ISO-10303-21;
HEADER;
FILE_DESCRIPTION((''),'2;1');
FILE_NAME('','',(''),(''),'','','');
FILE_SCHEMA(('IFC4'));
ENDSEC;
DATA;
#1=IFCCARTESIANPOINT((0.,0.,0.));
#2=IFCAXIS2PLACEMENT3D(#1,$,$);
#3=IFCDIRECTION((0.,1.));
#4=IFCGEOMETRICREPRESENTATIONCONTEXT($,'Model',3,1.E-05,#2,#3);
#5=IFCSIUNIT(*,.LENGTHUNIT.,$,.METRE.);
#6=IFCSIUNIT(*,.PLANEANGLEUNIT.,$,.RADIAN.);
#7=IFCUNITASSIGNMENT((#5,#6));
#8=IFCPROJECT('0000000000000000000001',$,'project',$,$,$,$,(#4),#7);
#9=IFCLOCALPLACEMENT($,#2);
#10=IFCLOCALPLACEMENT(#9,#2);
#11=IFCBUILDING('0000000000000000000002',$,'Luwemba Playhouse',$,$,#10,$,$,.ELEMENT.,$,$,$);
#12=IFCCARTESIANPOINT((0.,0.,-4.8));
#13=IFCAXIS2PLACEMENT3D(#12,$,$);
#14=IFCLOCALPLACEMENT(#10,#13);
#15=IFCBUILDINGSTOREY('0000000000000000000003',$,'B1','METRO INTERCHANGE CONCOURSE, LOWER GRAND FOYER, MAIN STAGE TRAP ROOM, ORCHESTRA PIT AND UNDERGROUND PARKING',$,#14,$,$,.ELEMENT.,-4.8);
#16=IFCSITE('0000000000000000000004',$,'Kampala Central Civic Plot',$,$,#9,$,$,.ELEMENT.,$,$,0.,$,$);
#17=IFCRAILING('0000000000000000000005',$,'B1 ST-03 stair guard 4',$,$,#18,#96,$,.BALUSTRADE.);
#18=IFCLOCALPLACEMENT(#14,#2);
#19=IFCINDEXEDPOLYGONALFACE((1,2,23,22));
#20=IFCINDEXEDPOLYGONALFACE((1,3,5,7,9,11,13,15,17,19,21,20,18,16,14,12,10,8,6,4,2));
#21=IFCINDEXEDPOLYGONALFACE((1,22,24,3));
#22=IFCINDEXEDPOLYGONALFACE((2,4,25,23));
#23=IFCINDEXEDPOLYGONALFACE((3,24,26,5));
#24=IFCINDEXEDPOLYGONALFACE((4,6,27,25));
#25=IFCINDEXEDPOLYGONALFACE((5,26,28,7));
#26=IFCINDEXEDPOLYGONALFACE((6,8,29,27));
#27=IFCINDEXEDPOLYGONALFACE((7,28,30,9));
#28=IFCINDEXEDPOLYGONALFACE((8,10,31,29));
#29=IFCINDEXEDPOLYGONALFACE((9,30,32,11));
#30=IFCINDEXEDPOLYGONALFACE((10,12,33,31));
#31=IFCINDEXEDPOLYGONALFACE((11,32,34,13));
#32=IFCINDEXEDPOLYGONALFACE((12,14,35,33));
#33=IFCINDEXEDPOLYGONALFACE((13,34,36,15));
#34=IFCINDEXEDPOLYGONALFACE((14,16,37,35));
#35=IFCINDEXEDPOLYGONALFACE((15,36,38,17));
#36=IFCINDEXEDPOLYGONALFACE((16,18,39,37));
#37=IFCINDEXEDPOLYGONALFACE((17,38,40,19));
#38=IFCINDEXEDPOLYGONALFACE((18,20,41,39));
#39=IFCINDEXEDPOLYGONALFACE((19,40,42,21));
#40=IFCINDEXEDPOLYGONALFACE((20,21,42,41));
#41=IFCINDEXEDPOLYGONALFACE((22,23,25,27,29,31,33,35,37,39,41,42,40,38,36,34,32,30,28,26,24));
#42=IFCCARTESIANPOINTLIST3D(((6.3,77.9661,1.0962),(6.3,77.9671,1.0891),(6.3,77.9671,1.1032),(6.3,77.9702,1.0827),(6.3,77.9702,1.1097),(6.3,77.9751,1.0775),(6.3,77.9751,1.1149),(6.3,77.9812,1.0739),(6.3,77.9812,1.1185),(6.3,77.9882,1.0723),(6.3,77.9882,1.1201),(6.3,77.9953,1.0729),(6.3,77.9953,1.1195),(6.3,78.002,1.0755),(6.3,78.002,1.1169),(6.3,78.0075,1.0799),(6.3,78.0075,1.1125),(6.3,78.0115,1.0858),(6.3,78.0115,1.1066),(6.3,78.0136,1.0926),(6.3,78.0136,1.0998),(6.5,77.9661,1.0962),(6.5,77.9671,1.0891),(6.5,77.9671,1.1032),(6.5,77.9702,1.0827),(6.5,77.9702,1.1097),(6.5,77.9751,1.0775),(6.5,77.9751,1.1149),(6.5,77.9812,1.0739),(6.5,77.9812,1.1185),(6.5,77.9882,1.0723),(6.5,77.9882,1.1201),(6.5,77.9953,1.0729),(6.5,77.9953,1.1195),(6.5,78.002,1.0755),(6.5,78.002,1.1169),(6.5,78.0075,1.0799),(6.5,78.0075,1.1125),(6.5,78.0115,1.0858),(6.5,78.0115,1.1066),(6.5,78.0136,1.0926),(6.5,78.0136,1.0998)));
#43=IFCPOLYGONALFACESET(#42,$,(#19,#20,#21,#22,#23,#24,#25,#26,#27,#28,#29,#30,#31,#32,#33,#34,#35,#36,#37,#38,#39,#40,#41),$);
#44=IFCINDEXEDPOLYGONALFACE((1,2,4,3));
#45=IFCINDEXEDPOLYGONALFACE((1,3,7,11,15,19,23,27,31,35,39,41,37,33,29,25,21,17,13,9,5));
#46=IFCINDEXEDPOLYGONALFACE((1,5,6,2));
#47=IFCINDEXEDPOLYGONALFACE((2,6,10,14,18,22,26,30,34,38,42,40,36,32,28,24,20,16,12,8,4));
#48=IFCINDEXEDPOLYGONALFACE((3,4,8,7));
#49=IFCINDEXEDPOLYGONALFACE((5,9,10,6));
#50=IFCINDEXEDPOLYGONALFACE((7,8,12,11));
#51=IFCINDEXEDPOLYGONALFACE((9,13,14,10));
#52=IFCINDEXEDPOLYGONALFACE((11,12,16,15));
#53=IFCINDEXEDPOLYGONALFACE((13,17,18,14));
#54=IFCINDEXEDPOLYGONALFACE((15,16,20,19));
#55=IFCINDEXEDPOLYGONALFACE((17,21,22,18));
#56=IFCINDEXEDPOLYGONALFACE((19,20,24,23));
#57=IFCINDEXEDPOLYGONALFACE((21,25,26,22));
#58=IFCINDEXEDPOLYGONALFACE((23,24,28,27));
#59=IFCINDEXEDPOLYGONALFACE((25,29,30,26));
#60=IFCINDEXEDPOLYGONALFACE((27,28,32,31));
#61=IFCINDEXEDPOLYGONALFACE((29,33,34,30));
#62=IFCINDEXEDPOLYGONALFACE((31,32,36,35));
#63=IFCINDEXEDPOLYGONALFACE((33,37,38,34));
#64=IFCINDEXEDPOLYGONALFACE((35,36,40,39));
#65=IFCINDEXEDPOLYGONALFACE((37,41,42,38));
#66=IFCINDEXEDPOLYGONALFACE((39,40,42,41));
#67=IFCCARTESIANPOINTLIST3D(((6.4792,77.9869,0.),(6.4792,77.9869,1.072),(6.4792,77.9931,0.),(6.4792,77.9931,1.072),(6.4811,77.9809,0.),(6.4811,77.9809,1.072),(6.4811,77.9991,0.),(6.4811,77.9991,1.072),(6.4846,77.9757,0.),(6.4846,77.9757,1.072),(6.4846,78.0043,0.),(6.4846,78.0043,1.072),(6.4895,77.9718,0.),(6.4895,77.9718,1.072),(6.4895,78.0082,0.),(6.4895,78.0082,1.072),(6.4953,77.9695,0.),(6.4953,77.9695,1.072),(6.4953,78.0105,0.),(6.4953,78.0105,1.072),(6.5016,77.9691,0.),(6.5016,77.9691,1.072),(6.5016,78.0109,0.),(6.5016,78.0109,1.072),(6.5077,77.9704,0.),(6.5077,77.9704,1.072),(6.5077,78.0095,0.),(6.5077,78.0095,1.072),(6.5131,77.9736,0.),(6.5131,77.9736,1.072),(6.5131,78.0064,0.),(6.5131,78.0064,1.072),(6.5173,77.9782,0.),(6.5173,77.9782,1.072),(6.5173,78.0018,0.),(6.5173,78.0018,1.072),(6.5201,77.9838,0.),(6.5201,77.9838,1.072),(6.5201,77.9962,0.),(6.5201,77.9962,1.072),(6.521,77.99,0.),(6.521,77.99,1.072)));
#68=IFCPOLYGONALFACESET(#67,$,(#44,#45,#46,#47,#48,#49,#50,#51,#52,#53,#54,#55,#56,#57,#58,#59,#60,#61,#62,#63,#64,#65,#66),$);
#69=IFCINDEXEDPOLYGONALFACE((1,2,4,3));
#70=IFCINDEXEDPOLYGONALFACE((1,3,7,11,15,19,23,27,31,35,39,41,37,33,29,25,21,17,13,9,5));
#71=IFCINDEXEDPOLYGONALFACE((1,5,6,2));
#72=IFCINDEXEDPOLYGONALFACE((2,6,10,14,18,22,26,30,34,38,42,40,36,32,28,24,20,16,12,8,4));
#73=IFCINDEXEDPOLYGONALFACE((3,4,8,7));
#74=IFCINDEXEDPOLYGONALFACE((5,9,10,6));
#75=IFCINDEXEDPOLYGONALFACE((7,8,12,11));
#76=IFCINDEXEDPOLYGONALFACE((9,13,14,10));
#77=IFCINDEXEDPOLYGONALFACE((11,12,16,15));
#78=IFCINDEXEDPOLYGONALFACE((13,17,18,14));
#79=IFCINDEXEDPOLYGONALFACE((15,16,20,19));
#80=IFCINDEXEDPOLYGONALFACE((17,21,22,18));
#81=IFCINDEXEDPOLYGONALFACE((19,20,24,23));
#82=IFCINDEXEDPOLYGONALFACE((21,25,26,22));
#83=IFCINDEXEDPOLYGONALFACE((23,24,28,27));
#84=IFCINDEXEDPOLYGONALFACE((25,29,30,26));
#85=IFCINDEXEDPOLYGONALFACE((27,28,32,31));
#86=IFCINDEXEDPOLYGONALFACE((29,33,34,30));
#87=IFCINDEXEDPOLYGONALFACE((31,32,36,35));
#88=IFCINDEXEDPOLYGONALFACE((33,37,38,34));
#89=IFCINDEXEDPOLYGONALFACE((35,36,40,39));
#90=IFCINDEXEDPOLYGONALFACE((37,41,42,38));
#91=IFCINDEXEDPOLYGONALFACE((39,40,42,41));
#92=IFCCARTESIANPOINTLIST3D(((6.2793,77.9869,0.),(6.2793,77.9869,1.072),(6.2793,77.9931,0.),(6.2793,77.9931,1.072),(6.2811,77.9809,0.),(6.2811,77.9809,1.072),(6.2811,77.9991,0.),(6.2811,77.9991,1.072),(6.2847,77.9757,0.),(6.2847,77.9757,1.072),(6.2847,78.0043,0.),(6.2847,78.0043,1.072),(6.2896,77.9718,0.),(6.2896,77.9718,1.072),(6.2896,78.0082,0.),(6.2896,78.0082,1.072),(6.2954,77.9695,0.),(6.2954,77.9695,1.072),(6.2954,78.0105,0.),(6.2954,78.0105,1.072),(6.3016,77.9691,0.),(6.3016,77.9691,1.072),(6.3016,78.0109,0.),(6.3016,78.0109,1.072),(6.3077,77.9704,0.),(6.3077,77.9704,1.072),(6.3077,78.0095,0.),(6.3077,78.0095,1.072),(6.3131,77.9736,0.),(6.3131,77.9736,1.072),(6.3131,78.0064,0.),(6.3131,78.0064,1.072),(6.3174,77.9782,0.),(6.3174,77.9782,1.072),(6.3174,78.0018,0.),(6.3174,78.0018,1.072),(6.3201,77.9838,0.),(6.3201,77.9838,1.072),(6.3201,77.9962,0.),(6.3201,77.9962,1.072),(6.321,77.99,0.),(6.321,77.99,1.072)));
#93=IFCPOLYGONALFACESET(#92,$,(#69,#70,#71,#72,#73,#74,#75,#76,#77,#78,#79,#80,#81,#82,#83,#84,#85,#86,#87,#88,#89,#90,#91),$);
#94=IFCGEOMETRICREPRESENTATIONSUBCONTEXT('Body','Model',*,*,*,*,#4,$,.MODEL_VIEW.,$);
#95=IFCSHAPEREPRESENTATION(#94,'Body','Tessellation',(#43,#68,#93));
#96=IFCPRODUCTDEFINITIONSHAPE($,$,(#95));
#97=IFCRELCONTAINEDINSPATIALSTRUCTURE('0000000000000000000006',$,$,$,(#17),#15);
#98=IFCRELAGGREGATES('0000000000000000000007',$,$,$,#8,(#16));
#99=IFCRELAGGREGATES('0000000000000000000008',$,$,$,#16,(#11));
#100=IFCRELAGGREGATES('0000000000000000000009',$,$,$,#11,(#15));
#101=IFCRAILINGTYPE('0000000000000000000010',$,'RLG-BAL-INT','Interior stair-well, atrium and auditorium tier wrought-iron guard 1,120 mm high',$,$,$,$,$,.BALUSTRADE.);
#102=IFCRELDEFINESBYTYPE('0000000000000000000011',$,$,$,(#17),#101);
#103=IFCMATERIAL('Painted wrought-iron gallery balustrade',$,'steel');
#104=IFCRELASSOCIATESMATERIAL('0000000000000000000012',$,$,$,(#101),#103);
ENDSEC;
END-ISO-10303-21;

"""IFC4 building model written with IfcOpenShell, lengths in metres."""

from ifc_helpers import new_model, si_unit, direction, frame, origin, origin_2d, place, context, subcontext, project, spatial, circle, extrude, material, type_object, element, save


model = new_model("IFC4")

# Units and contexts
model_context = context("Model", 3, precision=1e-05, world=origin(), true_north=direction((0.0, 1.0)))
body_context = subcontext(model_context, "Body", "Model", "MODEL_VIEW")
ifc_project = project(units=[si_unit("LENGTHUNIT", "METRE"), si_unit("PLANEANGLEUNIT", "RADIAN")], contexts=[model_context])

# Site, building, storey
site_placement = place(None, origin())
site = spatial("IfcSite", under=ifc_project, at=site_placement, Name="Kampala Central Civic Plot", CompositionType="ELEMENT", RefElevation=0.0)
building_placement = place(site_placement, origin())
building = spatial("IfcBuilding", under=site, at=building_placement, Name="Luwemba Playhouse", CompositionType="ELEMENT")
storey_placement = place(building_placement, frame((0.0, 0.0, -4.8)))
storey = spatial("IfcBuildingStorey", under=building, at=storey_placement, Name="B1", Description="METRO INTERCHANGE CONCOURSE, LOWER GRAND FOYER, MAIN STAGE TRAP ROOM, ORCHESTRA PIT AND UNDERGROUND PARKING", CompositionType="ELEMENT", Elevation=-4.8)

# Railing
ifc_material_1 = material(Name="Painted wrought-iron gallery balustrade", Category="steel")
railing_type_1 = type_object("IfcRailingType", Name="RLG-BAL-INT", Description="Interior stair-well, atrium and auditorium tier wrought-iron guard 1,120 mm high", PredefinedType="BALUSTRADE", material=ifc_material_1)
railing_1_placement = place(storey_placement, frame((6.5, 77.99, 0.0)))
element("IfcRailing", 1, at=railing_1_placement, inside=storey, type_object=railing_type_1, Name="B1 ST-03 stair guard 4", PredefinedType="BALUSTRADE", context=body_context, shape_type="SweptSolid", body=[
    extrude(circle(Radius=0.0239, at=origin_2d()), frame((0.0, 0.0, 1.0962), z_axis=(-1.0, 0.0, 0.0), x_axis=(0.0, -1.0, 0.0)), (0.0, 0.0, 1.0), 0.2),
    extrude(circle(Radius=0.021, at=origin_2d()), origin(), (0.0, 0.0, 1.0), 1.072),
    extrude(circle(Radius=0.021, at=origin_2d()), frame((-0.2, 0.0, 0.0)), (0.0, 0.0, 1.0), 1.072),
])

save(model, "model.ifc")
